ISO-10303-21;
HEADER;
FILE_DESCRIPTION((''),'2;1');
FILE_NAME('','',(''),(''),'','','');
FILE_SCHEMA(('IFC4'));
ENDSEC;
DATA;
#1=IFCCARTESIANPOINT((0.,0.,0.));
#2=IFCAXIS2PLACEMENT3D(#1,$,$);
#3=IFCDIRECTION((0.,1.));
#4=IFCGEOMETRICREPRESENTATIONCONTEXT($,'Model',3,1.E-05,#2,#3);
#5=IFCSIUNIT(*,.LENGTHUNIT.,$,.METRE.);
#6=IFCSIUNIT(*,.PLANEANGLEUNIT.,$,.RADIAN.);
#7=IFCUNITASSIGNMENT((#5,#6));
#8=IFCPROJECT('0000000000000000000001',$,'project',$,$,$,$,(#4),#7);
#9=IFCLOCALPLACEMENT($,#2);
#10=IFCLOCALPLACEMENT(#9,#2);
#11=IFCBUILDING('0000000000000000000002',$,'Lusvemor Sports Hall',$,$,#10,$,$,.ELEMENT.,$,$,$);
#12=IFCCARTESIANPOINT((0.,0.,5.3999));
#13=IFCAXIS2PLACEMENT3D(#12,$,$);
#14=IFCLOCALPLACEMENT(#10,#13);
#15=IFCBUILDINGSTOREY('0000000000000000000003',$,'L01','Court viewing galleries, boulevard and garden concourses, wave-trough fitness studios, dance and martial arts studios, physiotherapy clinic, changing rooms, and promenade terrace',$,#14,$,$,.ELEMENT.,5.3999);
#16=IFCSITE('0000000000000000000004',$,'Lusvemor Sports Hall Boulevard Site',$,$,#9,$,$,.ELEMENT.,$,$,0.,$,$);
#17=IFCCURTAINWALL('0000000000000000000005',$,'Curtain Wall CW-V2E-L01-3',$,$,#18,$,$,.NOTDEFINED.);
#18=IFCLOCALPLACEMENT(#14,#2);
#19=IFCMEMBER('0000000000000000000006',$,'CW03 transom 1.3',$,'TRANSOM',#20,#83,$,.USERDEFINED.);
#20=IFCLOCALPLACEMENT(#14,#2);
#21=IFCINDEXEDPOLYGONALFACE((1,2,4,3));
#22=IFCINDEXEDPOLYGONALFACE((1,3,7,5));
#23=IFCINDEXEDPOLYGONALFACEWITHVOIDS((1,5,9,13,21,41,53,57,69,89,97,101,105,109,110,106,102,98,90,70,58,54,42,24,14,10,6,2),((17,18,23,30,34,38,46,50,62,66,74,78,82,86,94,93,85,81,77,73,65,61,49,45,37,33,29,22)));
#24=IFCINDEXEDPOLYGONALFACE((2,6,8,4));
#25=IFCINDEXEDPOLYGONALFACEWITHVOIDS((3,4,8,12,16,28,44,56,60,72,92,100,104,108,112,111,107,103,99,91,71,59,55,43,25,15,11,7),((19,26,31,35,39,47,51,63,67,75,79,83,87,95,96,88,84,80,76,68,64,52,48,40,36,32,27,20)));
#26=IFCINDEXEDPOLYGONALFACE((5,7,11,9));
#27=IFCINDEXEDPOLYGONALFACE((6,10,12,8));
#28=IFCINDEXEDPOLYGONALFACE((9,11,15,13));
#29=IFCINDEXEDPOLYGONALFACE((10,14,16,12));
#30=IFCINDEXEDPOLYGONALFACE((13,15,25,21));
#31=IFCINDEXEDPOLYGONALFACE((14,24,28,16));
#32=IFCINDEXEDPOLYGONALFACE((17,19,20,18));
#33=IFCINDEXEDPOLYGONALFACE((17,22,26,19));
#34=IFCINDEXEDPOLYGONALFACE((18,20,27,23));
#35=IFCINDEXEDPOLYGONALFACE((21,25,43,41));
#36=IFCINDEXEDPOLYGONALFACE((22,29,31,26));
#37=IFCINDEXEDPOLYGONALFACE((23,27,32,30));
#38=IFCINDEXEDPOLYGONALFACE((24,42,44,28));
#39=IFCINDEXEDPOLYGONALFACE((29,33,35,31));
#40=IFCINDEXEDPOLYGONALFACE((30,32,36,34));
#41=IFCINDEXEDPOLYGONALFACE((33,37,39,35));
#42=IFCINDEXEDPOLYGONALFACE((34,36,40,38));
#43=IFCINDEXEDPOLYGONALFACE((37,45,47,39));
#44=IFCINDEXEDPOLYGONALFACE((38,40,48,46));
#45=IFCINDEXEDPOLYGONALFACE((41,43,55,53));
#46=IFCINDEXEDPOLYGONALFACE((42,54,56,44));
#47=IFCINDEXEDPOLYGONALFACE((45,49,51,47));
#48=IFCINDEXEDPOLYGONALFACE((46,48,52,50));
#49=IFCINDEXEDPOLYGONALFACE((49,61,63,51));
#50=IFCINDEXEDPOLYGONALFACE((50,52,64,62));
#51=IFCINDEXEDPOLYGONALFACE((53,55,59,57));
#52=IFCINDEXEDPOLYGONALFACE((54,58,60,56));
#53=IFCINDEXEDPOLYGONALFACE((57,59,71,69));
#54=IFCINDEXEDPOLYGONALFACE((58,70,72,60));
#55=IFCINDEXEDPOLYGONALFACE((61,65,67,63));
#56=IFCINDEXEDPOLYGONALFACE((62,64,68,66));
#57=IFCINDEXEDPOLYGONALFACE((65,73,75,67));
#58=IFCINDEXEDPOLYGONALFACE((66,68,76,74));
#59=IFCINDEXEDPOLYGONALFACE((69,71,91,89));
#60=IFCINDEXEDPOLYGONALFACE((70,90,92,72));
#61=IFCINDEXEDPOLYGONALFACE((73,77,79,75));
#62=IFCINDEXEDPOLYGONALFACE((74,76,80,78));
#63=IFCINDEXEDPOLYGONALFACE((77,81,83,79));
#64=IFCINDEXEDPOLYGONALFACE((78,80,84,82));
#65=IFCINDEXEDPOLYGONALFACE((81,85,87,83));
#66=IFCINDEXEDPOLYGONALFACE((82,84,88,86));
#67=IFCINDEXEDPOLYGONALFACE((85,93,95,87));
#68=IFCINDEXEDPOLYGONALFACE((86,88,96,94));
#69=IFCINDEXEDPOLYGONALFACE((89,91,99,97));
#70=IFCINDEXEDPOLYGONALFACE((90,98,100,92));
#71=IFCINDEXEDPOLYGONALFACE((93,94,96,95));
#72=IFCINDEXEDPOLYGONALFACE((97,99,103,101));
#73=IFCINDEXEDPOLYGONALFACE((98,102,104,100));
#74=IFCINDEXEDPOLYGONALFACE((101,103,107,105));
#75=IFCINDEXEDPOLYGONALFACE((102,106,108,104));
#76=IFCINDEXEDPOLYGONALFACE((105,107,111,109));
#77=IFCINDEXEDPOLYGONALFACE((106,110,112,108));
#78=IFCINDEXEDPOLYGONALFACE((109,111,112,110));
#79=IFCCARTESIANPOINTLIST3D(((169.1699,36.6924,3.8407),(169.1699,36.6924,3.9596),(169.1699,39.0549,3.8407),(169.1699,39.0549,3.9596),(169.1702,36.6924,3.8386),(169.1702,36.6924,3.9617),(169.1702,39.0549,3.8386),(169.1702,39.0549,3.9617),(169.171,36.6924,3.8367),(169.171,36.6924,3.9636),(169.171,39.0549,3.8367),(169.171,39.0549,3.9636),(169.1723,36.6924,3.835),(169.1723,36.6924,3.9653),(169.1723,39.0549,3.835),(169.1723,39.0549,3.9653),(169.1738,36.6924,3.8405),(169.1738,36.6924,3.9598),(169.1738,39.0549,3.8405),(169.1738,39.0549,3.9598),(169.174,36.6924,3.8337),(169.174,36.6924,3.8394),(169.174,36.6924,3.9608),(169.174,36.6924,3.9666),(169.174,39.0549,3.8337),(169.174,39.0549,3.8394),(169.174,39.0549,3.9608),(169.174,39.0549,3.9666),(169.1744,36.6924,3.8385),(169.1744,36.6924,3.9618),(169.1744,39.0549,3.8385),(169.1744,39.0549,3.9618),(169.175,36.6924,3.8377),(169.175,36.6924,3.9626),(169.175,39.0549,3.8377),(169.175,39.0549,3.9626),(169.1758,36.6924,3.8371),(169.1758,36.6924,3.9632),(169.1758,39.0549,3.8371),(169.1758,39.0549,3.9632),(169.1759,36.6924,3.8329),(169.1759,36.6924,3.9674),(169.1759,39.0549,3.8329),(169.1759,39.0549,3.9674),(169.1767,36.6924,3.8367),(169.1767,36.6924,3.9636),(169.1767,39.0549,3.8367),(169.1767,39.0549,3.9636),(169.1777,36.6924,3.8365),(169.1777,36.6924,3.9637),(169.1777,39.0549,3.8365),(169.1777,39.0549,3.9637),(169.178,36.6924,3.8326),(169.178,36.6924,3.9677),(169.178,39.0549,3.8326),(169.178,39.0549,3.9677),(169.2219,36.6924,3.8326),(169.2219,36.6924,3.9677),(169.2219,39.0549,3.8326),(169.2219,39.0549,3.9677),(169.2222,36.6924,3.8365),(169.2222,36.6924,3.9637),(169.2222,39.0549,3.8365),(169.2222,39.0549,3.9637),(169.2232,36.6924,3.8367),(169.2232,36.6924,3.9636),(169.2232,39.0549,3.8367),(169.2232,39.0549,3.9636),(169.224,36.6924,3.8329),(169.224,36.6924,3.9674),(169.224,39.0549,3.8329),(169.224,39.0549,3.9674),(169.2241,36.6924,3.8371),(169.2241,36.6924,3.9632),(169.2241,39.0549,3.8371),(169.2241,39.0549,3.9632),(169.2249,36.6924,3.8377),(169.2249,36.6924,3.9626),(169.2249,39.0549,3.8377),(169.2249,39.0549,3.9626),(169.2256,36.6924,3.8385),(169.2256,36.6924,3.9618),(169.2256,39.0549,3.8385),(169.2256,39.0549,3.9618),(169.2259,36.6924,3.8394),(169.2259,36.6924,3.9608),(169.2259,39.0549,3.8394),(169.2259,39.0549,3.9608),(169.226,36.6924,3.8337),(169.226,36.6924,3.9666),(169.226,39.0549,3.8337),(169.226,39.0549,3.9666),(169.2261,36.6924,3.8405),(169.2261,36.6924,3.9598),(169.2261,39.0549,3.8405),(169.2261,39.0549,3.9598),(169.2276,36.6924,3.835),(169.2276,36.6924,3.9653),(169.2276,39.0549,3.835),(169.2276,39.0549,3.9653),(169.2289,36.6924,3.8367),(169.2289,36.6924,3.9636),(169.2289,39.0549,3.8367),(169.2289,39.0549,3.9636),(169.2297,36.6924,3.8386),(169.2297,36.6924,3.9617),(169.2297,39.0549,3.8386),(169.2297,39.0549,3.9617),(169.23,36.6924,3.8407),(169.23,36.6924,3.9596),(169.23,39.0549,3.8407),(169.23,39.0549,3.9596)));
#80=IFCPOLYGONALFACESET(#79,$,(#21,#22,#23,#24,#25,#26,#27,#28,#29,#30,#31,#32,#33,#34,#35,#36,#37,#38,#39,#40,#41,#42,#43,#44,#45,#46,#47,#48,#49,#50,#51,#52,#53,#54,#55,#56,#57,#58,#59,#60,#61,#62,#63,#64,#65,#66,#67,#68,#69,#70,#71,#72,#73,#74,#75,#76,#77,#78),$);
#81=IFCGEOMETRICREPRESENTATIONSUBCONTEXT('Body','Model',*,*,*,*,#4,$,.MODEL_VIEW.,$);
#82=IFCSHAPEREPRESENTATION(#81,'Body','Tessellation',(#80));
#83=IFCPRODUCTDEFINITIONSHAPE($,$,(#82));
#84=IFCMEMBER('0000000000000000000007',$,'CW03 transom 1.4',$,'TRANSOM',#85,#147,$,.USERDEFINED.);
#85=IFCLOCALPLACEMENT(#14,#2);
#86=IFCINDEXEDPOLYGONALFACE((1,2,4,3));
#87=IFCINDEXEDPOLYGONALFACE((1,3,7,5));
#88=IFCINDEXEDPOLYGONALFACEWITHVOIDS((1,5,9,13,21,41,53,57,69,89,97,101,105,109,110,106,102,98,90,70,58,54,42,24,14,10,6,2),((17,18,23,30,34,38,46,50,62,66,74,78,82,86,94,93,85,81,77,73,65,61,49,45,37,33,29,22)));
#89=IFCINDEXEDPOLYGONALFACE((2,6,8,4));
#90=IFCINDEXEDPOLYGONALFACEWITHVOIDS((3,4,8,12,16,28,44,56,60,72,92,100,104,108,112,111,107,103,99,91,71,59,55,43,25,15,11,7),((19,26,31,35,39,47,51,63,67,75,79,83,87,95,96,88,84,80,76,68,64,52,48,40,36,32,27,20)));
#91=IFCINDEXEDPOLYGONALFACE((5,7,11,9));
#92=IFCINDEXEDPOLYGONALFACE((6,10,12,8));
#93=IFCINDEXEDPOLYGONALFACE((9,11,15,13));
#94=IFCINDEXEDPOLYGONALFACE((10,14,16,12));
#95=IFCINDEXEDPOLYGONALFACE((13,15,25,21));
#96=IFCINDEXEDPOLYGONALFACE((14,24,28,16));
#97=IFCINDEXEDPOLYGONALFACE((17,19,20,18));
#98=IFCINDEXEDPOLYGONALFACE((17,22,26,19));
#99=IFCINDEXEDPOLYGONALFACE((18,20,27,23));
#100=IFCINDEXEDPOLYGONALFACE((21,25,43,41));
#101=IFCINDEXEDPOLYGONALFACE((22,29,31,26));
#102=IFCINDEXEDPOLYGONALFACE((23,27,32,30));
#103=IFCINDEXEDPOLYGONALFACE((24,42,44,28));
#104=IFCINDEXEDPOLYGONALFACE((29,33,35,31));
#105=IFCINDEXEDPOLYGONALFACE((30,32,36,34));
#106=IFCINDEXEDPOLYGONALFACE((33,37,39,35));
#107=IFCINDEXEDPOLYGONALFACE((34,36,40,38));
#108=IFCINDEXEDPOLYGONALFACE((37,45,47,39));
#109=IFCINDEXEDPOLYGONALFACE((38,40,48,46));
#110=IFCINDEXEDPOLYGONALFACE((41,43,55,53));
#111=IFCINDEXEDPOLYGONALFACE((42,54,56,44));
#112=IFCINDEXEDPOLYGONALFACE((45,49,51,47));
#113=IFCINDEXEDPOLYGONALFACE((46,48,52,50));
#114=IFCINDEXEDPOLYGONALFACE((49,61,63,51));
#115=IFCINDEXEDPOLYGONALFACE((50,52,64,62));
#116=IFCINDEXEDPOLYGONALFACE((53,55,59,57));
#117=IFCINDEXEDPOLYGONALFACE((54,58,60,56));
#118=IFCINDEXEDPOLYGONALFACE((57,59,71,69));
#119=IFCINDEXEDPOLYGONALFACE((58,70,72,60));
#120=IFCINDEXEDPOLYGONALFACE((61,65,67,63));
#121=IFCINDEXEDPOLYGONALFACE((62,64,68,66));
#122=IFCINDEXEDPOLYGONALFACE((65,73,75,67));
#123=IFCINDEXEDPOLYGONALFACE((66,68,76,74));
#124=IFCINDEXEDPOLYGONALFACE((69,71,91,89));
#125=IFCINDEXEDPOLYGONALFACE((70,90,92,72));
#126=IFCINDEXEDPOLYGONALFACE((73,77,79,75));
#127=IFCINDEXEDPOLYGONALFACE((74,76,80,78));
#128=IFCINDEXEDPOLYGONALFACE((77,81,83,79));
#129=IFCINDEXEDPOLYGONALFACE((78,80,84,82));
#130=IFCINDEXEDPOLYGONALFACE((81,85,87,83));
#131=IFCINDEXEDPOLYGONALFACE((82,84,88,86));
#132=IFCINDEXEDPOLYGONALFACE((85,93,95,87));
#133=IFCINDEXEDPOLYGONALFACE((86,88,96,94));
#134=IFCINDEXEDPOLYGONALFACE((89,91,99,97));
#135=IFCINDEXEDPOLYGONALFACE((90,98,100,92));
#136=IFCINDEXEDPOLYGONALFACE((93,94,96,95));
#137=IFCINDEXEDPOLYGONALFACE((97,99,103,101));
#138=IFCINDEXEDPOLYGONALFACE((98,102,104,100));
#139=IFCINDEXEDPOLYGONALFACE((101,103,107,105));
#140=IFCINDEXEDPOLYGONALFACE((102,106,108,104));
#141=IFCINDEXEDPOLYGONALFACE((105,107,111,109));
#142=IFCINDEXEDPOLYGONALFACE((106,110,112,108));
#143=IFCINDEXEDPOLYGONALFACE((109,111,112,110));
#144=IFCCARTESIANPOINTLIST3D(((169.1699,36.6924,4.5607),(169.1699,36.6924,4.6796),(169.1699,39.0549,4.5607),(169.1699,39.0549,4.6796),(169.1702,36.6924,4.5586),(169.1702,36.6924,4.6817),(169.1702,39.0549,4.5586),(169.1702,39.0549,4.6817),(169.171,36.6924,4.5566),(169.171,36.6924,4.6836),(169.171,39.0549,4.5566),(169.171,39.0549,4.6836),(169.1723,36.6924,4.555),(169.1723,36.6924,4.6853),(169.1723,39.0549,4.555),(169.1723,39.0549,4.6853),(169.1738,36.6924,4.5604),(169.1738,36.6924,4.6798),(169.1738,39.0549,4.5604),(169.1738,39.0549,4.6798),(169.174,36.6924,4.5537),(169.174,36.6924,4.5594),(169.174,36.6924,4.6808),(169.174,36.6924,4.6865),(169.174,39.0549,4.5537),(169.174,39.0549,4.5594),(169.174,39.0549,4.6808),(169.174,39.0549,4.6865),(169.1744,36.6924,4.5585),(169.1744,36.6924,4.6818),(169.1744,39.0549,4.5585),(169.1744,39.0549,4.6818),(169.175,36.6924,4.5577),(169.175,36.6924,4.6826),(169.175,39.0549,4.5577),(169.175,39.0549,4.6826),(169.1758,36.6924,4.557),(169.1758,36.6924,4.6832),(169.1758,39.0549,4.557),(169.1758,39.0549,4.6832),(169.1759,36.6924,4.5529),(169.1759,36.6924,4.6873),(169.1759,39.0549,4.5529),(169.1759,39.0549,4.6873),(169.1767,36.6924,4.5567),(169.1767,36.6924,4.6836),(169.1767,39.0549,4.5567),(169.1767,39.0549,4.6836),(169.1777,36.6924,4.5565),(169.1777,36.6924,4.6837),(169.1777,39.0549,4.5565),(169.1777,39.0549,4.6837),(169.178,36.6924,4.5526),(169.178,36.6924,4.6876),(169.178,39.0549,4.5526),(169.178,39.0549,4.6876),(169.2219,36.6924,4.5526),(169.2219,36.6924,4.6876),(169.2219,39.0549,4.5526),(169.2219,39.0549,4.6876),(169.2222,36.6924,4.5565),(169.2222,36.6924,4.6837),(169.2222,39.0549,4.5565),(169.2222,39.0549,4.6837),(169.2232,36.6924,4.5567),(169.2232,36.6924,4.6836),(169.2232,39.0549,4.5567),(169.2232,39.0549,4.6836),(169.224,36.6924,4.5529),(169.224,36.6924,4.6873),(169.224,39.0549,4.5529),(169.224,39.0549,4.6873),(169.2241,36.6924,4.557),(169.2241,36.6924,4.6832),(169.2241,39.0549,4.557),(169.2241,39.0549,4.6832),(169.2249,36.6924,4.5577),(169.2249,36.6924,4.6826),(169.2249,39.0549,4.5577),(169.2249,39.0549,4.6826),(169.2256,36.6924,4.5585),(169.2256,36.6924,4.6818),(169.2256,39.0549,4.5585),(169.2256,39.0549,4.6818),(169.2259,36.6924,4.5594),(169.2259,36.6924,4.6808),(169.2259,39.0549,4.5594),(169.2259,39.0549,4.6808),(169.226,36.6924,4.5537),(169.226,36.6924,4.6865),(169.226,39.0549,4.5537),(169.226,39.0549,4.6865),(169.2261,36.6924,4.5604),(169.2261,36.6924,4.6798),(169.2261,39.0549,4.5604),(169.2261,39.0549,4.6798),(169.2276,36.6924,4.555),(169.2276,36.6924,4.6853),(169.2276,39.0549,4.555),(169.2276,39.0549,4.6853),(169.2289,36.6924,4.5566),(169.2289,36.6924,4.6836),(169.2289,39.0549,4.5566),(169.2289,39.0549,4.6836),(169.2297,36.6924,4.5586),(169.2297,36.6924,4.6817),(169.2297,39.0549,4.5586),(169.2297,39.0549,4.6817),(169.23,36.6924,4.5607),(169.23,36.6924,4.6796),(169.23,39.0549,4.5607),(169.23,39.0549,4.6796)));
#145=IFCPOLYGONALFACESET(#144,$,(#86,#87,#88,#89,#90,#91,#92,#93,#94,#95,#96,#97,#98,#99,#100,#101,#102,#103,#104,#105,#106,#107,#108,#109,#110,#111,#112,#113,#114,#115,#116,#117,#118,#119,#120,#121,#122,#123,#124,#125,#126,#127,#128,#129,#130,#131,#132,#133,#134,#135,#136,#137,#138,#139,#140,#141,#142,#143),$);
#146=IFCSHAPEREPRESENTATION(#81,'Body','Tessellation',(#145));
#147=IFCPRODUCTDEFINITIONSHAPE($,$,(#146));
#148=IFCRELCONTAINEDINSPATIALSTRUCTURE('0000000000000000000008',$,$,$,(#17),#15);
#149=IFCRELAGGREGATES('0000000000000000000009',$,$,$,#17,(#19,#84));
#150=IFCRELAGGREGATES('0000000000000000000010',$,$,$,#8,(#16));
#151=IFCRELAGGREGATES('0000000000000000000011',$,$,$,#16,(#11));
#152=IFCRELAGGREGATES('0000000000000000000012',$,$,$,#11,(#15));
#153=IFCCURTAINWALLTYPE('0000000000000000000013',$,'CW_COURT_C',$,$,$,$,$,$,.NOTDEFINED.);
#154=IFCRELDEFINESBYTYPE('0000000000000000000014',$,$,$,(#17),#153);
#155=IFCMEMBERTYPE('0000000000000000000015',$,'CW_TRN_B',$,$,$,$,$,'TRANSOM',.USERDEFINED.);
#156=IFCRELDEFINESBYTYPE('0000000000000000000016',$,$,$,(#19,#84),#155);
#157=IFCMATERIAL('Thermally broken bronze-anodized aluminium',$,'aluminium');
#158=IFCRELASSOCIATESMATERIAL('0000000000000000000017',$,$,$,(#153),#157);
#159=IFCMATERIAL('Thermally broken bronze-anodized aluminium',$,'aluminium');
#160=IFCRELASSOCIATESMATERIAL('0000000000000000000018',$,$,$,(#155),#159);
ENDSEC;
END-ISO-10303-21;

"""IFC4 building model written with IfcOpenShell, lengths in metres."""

from ifc_helpers import new_model, si_unit, direction, frame, origin, origin_2d, place, context, subcontext, project, spatial, hollow_rectangle, extrude, material, material_profile, profile_set, type_object, element, aggregate, save


model = new_model("IFC4")

# Units and contexts
model_context = context("Model", 3, precision=1e-05, world=origin(), true_north=direction((0.0, 1.0)))
body_context = subcontext(model_context, "Body", "Model", "MODEL_VIEW")
ifc_project = project(units=[si_unit("LENGTHUNIT", "METRE"), si_unit("PLANEANGLEUNIT", "RADIAN")], contexts=[model_context])

# Site, building, storey
site_placement = place(None, origin())
site = spatial("IfcSite", under=ifc_project, at=site_placement, Name="Lusvemor Sports Hall Boulevard Site", CompositionType="ELEMENT", RefElevation=0.0)
building_placement = place(site_placement, origin())
building = spatial("IfcBuilding", under=site, at=building_placement, Name="Lusvemor Sports Hall", CompositionType="ELEMENT")
storey_placement = place(building_placement, frame((0.0, 0.0, 5.3999)))
storey = spatial("IfcBuildingStorey", under=building, at=storey_placement, Name="L01", Description="Court viewing galleries, boulevard and garden concourses, wave-trough fitness studios, dance and martial arts studios, physiotherapy clinic, changing rooms, and promenade terrace", CompositionType="ELEMENT", Elevation=5.3999)

# Curtain wall
ifc_material_1 = material(Name="Thermally broken bronze-anodized aluminium", Category="aluminium")
curtain_wall_type_1 = type_object("IfcCurtainWallType", Name="CW_COURT_C", PredefinedType="NOTDEFINED", material=ifc_material_1)
curtain_wall_1_placement = place(storey_placement, origin())
curtain_wall_1 = element("IfcCurtainWall", 1, at=curtain_wall_1_placement, inside=storey, type_object=curtain_wall_type_1, Name="Curtain Wall CW-V2E-L01-3", PredefinedType="NOTDEFINED")

# Members
ifc_material_2 = material(Name="Thermally broken bronze-anodized aluminium", Category="aluminium")
ifc_material_profile_1 = material_profile(ifc_material_2, hollow_rectangle(XDim=0.0601, YDim=0.135, WallThickness=0.0039, InnerFilletRadius=0.0039, OuterFilletRadius=0.0081, at=origin_2d()), Name="CWTRN135x60x4")
ifc_profile_set_1 = profile_set([ifc_material_profile_1], Name="Thermally broken bronze-anodized aluminium")
member_type_1 = type_object("IfcMemberType", Name="CW_TRN_B", ElementType="TRANSOM", PredefinedType="USERDEFINED", material=ifc_profile_set_1)
member_1_placement = place(storey_placement, frame((169.2, 39.0549, 3.9001), z_axis=(0.0, -1.0, 0.0), x_axis=(1.0, 0.0, 0.0)))
member_1 = element("IfcMember", 2, at=member_1_placement, type_object=member_type_1, Name="CW03 transom 1.3", ObjectType="TRANSOM", PredefinedType="USERDEFINED", context=body_context, shape_type="SweptSolid", body=[
    extrude(hollow_rectangle(XDim=0.0601, YDim=0.135, WallThickness=0.0039, InnerFilletRadius=0.0039, OuterFilletRadius=0.0081, at=origin_2d()), origin(), (0.0, 0.0, 1.0), 2.3625),
])
member_2_placement = place(storey_placement, frame((169.2, 39.0549, 4.6201), z_axis=(0.0, -1.0, 0.0), x_axis=(1.0, 0.0, 0.0)))
member_2 = element("IfcMember", 3, at=member_2_placement, type_object=member_type_1, Name="CW03 transom 1.4", ObjectType="TRANSOM", PredefinedType="USERDEFINED", context=body_context, shape_type="SweptSolid", body=[
    extrude(hollow_rectangle(XDim=0.0601, YDim=0.135, WallThickness=0.0039, InnerFilletRadius=0.0039, OuterFilletRadius=0.0081, at=origin_2d()), origin(), (0.0, 0.0, 1.0), 2.3625),
])

aggregate(curtain_wall_1, [member_1, member_2])

save(model, "model.ifc")
